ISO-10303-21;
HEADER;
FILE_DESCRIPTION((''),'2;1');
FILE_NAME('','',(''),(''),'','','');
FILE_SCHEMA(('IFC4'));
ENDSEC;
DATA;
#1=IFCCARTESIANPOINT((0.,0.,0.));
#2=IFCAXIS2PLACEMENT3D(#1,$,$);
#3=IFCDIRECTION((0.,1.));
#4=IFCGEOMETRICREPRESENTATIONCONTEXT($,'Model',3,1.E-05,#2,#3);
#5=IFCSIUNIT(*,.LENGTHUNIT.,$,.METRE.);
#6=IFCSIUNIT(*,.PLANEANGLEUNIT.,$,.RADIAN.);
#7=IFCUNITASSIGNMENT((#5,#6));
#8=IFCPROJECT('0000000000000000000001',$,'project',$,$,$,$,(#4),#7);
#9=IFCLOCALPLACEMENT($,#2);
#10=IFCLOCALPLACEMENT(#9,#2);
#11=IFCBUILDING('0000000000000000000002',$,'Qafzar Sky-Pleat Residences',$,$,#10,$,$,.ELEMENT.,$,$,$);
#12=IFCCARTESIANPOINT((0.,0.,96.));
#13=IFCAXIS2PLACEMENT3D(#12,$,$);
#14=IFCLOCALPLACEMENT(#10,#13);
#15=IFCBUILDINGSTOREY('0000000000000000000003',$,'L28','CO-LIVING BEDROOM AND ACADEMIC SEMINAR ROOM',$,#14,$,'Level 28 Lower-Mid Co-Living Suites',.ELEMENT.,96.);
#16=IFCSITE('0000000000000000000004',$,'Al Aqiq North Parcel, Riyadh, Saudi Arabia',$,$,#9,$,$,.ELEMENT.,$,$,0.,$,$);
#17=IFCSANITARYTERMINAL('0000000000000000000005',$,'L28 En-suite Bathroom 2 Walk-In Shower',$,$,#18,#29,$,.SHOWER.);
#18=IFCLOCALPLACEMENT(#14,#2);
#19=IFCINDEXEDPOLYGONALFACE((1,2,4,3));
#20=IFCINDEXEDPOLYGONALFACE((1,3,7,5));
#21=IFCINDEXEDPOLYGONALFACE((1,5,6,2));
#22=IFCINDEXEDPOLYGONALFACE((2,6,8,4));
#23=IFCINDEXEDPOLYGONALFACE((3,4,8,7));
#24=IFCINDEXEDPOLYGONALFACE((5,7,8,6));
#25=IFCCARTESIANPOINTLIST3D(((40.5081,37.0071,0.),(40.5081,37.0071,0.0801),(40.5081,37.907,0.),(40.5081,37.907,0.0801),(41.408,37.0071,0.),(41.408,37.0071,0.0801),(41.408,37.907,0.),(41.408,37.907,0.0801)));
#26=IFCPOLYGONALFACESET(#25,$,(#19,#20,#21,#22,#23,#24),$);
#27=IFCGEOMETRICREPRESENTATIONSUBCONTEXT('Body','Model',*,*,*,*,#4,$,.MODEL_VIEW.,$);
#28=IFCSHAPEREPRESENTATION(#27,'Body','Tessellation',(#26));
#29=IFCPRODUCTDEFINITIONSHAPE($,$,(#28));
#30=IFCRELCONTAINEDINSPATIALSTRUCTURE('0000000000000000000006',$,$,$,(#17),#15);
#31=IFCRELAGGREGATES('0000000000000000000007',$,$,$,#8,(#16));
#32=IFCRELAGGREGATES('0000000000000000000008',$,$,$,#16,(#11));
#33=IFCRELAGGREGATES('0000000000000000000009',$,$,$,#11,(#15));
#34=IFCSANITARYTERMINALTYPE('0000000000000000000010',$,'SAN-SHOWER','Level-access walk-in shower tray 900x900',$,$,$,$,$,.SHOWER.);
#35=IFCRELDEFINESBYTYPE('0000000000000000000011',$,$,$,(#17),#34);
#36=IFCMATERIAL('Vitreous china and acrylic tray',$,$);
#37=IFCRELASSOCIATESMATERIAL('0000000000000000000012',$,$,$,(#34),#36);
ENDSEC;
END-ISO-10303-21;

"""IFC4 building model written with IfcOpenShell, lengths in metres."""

from ifc_helpers import new_model, si_unit, direction, frame, origin, origin_2d, place, context, subcontext, project, spatial, rectangle, extrude, source, transform, mapped, material, type_object, element, save


model = new_model("IFC4")

# Units and contexts
model_context = context("Model", 3, precision=1e-05, world=origin(), true_north=direction((0.0, 1.0)))
body_context = subcontext(model_context, "Body", "Model", "MODEL_VIEW")
ifc_project = project(units=[si_unit("LENGTHUNIT", "METRE"), si_unit("PLANEANGLEUNIT", "RADIAN")], contexts=[model_context])

# Site, building, storey
site_placement = place(None, origin())
site = spatial("IfcSite", under=ifc_project, at=site_placement, Name="Al Aqiq North Parcel, Riyadh, Saudi Arabia", CompositionType="ELEMENT", RefElevation=0.0)
building_placement = place(site_placement, origin())
building = spatial("IfcBuilding", under=site, at=building_placement, Name="Qafzar Sky-Pleat Residences", CompositionType="ELEMENT")
storey_placement = place(building_placement, frame((0.0, 0.0, 96.0)))
storey = spatial("IfcBuildingStorey", under=building, at=storey_placement, Name="L28", Description="CO-LIVING BEDROOM AND ACADEMIC SEMINAR ROOM", LongName="Level 28 Lower-Mid Co-Living Suites", CompositionType="ELEMENT", Elevation=96.0)

# Sanitary terminal
ifc_material_1 = material(Name="Vitreous china and acrylic tray")
sanitary_terminal_type_1 = type_object("IfcSanitaryTerminalType", Name="SAN-SHOWER", Description="Level-access walk-in shower tray 900x900", PredefinedType="SHOWER", material=ifc_material_1)
shared_shape_1 = source(origin(), body_context, "Body", "SweptSolid", [
    extrude(rectangle(XDim=0.8999, YDim=0.8999, at=origin_2d()), origin(), (0.0, 0.0, 1.0), 0.0801),
])
sanitary_terminal_1_placement = place(storey_placement, frame((40.958, 37.457, 0.0), z_axis=(0.0, 0.0, 1.0), x_axis=(1.0, 0.0, 0.0)))
element("IfcSanitaryTerminal", 1, at=sanitary_terminal_1_placement, inside=storey, type_object=sanitary_terminal_type_1, Name="L28 En-suite Bathroom 2 Walk-In Shower", PredefinedType="SHOWER", context=body_context, shape_type="MappedRepresentation", body=[
    mapped(shared_shape_1, transform((0.0, 0.0, 0.0), x_axis=(1.0, 0.0, 0.0), y_axis=(0.0, 1.0, 0.0), z_axis=(0.0, 0.0, 1.0), scale=1.0)),
])

save(model, "model.ifc")
